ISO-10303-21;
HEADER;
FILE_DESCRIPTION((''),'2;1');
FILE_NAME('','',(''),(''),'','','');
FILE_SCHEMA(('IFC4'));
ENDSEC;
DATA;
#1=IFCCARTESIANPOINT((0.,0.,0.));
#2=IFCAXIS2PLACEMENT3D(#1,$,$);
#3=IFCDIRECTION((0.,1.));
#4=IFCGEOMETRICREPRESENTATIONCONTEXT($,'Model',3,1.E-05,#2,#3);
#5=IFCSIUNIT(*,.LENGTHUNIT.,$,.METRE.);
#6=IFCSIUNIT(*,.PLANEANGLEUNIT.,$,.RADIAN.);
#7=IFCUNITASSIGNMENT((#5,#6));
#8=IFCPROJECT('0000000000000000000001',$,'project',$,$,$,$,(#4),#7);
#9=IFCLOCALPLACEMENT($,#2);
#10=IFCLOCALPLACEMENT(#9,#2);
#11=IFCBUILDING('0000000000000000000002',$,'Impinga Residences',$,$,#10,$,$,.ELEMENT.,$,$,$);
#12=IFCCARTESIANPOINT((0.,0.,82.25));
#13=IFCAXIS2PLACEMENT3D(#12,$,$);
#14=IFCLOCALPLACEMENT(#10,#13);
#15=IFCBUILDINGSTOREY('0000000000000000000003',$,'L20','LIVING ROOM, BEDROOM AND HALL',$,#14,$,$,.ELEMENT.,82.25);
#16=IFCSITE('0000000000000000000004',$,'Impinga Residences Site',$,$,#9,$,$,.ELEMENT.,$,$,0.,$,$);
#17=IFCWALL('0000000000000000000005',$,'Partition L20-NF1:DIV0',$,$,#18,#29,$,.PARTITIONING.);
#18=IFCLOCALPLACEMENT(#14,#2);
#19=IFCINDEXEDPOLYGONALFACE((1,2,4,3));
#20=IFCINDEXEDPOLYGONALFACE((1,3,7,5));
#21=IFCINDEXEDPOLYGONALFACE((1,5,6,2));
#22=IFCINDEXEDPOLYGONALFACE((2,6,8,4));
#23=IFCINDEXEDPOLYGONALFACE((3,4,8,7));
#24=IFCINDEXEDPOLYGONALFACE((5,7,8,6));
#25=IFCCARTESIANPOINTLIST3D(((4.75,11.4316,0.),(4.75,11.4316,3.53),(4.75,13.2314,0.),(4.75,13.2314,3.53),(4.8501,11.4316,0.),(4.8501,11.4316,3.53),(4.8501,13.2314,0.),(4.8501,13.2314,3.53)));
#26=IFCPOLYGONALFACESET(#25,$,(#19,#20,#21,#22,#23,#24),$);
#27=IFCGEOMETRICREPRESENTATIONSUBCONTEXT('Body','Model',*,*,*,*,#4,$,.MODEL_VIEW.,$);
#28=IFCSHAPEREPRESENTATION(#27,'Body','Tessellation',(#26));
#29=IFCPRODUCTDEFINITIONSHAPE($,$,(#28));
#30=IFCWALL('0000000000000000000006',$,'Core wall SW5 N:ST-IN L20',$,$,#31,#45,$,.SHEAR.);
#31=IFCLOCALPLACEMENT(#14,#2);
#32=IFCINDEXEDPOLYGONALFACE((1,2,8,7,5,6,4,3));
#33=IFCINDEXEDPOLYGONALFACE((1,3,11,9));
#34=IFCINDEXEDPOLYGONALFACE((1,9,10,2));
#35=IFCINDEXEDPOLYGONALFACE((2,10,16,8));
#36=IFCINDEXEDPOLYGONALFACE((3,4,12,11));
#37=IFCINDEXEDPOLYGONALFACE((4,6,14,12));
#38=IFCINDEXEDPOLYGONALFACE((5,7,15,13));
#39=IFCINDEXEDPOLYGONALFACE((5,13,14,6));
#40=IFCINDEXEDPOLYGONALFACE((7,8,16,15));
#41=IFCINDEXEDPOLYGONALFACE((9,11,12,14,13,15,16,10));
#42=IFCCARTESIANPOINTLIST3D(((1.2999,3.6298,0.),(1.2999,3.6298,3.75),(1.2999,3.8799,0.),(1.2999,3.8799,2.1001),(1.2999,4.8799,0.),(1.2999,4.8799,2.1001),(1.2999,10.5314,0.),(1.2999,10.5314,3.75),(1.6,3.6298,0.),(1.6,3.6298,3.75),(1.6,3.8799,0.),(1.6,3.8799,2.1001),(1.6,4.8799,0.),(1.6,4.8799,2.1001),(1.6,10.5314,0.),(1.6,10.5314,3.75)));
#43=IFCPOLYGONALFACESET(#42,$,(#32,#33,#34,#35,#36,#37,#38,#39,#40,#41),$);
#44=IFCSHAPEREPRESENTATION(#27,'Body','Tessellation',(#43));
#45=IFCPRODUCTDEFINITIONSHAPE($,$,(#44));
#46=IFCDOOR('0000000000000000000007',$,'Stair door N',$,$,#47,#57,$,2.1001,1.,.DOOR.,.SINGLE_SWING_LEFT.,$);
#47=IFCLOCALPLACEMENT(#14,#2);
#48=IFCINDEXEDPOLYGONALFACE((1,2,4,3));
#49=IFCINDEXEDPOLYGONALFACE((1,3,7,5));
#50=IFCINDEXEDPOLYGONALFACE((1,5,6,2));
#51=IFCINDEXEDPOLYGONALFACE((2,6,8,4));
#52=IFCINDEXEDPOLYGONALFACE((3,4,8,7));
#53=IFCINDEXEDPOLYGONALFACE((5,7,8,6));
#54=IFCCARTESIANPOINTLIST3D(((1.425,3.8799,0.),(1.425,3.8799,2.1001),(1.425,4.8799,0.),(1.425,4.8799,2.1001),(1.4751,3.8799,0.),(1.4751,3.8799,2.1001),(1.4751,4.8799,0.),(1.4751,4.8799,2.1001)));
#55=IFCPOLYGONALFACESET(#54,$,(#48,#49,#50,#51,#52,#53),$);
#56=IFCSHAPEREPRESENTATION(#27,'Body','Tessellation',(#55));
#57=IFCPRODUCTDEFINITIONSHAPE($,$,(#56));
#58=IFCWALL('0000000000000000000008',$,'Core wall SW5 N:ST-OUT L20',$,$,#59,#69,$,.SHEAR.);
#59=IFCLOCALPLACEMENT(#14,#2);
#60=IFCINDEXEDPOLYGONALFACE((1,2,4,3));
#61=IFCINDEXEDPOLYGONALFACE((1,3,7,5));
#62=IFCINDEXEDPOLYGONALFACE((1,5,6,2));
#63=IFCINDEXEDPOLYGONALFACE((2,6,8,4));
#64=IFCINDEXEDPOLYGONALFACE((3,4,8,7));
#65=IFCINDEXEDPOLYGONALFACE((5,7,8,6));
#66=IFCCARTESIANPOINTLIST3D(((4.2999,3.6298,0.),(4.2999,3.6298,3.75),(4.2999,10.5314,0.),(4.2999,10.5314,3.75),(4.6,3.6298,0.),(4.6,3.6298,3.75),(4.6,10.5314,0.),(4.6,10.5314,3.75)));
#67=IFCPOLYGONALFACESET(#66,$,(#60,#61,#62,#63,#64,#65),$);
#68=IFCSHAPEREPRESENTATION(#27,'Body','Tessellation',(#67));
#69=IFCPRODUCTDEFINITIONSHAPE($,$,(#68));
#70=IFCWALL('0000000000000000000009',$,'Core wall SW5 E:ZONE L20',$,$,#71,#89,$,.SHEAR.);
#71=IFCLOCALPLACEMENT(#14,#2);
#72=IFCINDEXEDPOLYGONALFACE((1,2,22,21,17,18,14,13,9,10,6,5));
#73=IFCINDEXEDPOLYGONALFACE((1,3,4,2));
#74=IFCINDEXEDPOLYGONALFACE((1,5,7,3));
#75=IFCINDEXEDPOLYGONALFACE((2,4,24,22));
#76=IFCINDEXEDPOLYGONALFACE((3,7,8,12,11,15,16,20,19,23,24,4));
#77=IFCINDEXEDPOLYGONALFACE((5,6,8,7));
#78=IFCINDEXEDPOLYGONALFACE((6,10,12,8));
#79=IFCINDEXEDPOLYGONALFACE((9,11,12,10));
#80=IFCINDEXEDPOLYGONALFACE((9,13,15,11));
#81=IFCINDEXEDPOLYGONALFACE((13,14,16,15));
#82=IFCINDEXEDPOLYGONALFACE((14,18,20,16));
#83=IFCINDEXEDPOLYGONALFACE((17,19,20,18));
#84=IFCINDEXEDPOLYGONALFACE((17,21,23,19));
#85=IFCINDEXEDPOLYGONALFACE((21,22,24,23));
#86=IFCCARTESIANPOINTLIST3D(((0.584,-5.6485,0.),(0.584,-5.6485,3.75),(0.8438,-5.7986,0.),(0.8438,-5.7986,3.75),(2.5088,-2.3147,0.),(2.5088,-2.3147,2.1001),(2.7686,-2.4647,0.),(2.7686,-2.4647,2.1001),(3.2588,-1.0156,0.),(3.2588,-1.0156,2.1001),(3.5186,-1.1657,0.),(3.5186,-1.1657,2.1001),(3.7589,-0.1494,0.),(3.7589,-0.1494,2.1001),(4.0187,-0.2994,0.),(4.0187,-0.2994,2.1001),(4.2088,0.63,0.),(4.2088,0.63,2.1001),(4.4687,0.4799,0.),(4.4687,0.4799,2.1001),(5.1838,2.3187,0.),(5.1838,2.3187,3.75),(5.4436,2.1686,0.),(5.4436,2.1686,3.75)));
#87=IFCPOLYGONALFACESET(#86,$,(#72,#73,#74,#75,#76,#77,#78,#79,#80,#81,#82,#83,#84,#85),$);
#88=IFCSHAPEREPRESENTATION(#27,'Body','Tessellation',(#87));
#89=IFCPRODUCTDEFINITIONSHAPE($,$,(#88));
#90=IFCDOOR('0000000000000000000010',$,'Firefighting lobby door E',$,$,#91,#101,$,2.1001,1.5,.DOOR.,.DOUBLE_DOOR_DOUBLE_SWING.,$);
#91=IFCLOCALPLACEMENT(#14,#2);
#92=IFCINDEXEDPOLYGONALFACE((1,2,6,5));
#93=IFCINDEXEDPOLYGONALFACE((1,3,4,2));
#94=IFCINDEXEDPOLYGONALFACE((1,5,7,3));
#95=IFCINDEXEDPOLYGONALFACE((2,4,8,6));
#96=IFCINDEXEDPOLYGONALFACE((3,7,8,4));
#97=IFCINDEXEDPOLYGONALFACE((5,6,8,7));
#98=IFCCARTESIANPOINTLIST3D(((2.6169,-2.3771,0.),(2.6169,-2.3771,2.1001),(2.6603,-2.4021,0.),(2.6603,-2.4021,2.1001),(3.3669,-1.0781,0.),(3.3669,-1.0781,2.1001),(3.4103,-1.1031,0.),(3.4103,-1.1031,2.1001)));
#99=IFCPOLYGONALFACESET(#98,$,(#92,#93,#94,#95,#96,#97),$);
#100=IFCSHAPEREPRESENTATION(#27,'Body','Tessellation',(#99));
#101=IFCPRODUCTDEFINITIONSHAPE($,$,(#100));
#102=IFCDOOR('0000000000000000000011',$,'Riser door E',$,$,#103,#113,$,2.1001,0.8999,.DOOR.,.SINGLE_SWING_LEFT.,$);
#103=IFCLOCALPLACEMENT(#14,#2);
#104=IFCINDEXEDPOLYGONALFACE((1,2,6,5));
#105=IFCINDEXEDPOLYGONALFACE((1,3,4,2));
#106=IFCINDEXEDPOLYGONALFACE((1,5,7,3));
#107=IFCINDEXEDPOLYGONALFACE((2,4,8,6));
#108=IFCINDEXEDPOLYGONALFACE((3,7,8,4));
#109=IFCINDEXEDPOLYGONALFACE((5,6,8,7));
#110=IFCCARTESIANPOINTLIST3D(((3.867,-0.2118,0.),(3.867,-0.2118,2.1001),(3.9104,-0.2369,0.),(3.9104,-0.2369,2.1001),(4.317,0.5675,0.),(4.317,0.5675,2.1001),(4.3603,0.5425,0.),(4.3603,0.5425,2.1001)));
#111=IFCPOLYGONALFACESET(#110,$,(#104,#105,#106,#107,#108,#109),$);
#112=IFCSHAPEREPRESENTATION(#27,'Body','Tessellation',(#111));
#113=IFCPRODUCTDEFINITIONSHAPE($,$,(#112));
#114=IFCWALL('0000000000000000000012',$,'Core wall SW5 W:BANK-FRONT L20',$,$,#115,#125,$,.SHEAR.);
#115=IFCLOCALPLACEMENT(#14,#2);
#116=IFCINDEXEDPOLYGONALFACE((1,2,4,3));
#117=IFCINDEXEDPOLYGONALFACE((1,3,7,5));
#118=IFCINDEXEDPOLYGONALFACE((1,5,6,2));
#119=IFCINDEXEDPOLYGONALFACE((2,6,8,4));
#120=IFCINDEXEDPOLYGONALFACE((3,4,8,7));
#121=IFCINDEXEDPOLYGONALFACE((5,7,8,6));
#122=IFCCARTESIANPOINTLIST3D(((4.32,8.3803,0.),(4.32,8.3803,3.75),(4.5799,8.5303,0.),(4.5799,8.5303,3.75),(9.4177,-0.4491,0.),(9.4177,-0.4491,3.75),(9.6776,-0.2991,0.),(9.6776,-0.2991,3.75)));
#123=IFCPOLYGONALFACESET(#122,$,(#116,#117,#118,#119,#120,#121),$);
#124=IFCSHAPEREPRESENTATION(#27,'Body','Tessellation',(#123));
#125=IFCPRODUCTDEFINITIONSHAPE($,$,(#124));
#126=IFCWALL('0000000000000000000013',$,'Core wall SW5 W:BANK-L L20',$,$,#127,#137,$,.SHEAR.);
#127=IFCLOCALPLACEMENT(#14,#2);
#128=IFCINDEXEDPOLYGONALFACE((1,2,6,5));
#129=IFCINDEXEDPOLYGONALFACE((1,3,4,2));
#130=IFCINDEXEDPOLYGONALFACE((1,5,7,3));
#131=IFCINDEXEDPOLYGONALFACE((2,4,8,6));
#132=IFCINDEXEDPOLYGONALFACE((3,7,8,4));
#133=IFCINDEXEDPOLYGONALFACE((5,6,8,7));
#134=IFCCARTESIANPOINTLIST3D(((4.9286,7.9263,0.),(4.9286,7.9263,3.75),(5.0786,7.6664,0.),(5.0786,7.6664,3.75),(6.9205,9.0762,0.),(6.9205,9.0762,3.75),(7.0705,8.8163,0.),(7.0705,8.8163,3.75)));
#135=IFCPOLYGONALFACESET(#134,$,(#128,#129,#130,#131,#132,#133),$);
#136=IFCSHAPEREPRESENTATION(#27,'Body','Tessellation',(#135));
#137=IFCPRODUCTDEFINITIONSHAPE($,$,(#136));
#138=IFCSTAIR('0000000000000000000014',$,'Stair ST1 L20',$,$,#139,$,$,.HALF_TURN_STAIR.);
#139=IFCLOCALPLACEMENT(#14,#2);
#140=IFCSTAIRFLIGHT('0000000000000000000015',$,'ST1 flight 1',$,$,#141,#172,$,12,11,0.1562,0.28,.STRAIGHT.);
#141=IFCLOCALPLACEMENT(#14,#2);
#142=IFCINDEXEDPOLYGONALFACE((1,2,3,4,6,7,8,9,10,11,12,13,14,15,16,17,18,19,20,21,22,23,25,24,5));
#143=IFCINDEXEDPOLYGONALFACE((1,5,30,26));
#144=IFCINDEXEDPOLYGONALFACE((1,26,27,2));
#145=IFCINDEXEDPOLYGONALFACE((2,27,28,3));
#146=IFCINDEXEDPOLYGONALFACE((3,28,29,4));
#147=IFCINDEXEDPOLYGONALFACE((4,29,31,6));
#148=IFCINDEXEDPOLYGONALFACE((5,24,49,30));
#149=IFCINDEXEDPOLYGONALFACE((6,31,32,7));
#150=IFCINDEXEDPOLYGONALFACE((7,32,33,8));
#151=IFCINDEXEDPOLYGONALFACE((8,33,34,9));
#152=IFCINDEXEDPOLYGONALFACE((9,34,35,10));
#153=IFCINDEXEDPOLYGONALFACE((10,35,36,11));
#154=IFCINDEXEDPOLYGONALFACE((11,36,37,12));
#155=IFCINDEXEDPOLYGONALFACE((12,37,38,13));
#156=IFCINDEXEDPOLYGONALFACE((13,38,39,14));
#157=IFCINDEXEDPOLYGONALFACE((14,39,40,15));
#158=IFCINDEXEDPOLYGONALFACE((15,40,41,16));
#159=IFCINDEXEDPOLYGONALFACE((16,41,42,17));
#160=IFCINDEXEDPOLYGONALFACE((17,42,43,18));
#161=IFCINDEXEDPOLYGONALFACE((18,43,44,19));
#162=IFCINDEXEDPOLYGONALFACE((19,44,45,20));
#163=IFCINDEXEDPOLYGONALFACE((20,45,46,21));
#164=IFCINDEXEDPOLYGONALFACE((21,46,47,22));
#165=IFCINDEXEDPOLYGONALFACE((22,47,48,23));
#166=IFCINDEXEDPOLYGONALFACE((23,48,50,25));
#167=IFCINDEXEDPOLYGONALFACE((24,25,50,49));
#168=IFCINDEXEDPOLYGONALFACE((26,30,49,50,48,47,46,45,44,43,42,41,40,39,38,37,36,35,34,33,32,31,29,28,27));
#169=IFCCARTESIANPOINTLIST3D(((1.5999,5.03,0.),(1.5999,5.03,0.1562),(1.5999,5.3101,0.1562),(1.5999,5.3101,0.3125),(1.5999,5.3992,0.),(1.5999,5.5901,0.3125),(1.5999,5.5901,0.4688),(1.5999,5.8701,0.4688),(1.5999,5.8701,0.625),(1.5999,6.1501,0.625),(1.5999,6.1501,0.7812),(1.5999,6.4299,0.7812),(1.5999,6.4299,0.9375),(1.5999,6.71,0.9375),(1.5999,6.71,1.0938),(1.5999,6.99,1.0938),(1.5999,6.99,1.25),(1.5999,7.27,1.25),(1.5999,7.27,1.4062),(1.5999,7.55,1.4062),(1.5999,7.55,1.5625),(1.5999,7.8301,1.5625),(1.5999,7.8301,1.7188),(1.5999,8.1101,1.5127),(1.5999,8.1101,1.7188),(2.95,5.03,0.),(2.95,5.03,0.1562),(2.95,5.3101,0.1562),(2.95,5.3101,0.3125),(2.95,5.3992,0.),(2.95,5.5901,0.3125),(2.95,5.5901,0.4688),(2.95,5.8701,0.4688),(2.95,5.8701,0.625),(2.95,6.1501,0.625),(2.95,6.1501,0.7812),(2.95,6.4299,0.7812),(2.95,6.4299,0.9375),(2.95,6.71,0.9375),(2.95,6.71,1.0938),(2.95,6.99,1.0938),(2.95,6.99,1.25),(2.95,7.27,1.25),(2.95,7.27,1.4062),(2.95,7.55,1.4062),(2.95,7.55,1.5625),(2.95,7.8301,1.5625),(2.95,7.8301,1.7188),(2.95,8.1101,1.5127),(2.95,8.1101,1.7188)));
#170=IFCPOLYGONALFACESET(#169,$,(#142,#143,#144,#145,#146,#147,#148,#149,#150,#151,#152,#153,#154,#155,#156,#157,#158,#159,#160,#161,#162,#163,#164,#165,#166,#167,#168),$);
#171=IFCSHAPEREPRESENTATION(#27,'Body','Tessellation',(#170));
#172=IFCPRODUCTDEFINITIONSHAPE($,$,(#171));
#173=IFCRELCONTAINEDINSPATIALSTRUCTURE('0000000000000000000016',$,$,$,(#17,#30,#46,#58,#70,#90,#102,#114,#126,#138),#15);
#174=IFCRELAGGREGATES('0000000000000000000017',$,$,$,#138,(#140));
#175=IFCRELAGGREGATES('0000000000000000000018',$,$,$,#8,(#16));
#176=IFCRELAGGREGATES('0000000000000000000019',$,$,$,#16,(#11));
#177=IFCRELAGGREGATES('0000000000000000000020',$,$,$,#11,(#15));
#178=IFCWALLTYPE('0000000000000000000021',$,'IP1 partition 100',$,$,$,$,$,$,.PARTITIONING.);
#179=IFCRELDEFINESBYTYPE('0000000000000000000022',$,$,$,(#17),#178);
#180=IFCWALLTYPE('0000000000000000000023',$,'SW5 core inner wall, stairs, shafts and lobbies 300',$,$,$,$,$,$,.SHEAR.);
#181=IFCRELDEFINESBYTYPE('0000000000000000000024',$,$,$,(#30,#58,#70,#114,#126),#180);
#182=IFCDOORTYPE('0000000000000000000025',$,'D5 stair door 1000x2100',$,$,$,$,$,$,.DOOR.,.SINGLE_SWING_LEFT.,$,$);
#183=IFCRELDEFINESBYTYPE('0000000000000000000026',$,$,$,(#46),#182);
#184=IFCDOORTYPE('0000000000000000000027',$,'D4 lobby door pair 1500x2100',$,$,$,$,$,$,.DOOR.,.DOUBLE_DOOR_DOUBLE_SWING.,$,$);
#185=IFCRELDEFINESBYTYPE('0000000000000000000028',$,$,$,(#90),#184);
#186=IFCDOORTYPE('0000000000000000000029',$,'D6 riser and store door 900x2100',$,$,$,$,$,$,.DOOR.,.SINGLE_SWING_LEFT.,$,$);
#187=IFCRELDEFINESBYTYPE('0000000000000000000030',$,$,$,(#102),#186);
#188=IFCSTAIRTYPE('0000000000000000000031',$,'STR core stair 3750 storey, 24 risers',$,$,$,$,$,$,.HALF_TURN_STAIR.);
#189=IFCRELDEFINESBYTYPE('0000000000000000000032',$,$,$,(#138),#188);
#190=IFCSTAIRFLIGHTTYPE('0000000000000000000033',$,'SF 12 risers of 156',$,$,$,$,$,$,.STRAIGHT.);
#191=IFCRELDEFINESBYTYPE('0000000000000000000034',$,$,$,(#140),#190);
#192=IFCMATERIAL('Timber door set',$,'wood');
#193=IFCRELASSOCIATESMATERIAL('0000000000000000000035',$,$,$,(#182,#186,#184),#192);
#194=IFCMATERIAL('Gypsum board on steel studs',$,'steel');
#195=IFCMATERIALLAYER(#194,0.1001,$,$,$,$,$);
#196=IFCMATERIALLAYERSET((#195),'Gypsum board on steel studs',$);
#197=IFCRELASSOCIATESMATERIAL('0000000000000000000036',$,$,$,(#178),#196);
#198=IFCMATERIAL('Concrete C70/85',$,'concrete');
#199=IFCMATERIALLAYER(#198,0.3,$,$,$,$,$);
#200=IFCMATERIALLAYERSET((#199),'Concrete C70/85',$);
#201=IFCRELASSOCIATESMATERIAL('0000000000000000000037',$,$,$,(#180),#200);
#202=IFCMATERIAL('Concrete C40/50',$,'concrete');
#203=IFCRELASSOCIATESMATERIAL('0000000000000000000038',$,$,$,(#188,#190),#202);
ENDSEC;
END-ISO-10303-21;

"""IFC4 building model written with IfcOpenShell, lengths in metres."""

from ifc_helpers import new_model, si_unit, direction, frame, frame_2d, origin, place, context, subcontext, project, spatial, polyline, rectangle, outline, extrude, material, layer, layer_set, type_object, element, fill, aggregate, save


model = new_model("IFC4")

# Units and contexts
model_context = context("Model", 3, precision=1e-05, world=origin(), true_north=direction((0.0, 1.0)))
body_context = subcontext(model_context, "Body", "Model", "MODEL_VIEW")
ifc_project = project(units=[si_unit("LENGTHUNIT", "METRE"), si_unit("PLANEANGLEUNIT", "RADIAN")], contexts=[model_context])

# Site, building, storey
site_placement = place(None, origin())
site = spatial("IfcSite", under=ifc_project, at=site_placement, Name="Impinga Residences Site", CompositionType="ELEMENT", RefElevation=0.0)
building_placement = place(site_placement, origin())
building = spatial("IfcBuilding", under=site, at=building_placement, Name="Impinga Residences", CompositionType="ELEMENT")
storey_placement = place(building_placement, frame((0.0, 0.0, 82.25)))
storey = spatial("IfcBuildingStorey", under=building, at=storey_placement, Name="L20", Description="LIVING ROOM, BEDROOM AND HALL", CompositionType="ELEMENT", Elevation=82.25)

# Shared definitions
ifc_material_1 = material(Name="Concrete C70/85", Category="concrete")
ifc_material_2 = material(Name="Timber door set", Category="wood")
door_type_1 = type_object("IfcDoorType", Name="D5 stair door 1000x2100", OperationType="SINGLE_SWING_LEFT", PredefinedType="DOOR", material=ifc_material_2)
door_type_2 = type_object("IfcDoorType", Name="D6 riser and store door 900x2100", OperationType="SINGLE_SWING_LEFT", PredefinedType="DOOR", material=ifc_material_2)

# Wall
ifc_material_3 = material(Name="Gypsum board on steel studs", Category="steel")
ifc_layer_1 = layer(ifc_material_3, 0.1001)
ifc_layer_set_1 = layer_set([ifc_layer_1], Name="Gypsum board on steel studs")
wall_type_1 = type_object("IfcWallType", Name="IP1 partition 100", PredefinedType="PARTITIONING", material=ifc_layer_set_1)
wall_1_placement = place(storey_placement, frame((4.8, 11.4316, 0.0), z_axis=(0.0, 0.0, 1.0), x_axis=(0.0, 1.0, 0.0)))
element("IfcWall", 1, at=wall_1_placement, inside=storey, type_object=wall_type_1, Name="Partition L20-NF1:DIV0", PredefinedType="PARTITIONING", context=body_context, shape_type="SweptSolid", body=[
    extrude(rectangle(XDim=1.7998, YDim=0.1001, at=frame_2d((0.8999, 0.0))), origin(), (0.0, 0.0, 1.0), 3.53),
])

# Wall, opening, door
ifc_layer_2 = layer(ifc_material_1, 0.3)
ifc_layer_set_2 = layer_set([ifc_layer_2], Name="Concrete C70/85")
wall_type_2 = type_object("IfcWallType", Name="SW5 core inner wall, stairs, shafts and lobbies 300", PredefinedType="SHEAR", material=ifc_layer_set_2)
wall_2_placement = place(storey_placement, frame((1.45, 3.6299, 0.0), z_axis=(0.0, 0.0, 1.0), x_axis=(0.0, 1.0, 0.0)))
wall_2 = element("IfcWall", 2, at=wall_2_placement, inside=storey, type_object=wall_type_2, Name="Core wall SW5 N:ST-IN L20", PredefinedType="SHEAR", context=body_context, shape_type="SweptSolid", body=[
    extrude(rectangle(XDim=6.9016, YDim=0.3, at=frame_2d((3.4507, 0.0))), origin(), (0.0, 0.0, 1.0), 3.75),
])
opening_1_placement = place(wall_2_placement, frame((0.25, 0.0, 0.0)))
opening_1 = element("IfcOpeningElement", 3, at=opening_1_placement, cuts=wall_2, PredefinedType="OPENING", context=body_context, shape_type="SweptSolid", body=[
    extrude(rectangle(XDim=1.0, YDim=2.1001, at=frame_2d((0.5, 1.05))), frame((0.0, 0.1599, 0.0), z_axis=(0.0, -1.0, 0.0), x_axis=(1.0, 0.0, 0.0)), (0.0, 0.0, 1.0), 0.3201),
])
door_1_placement = place(opening_1_placement, origin())
door_1 = element("IfcDoor", 4, at=door_1_placement, inside=storey, type_object=door_type_1, Name="Stair door N", OperationType="SINGLE_SWING_LEFT", OverallHeight=2.1001, OverallWidth=1.0, PredefinedType="DOOR", context=body_context, shape_type="SweptSolid", body=[
    extrude(rectangle(XDim=1.0, YDim=2.1001, at=frame_2d((0.5, 1.05))), frame((0.0, 0.0249, 0.0), z_axis=(0.0, -1.0, 0.0), x_axis=(1.0, 0.0, 0.0)), (0.0, 0.0, 1.0), 0.05),
])
fill(opening_1, door_1)

# Wall
wall_3_placement = place(storey_placement, frame((4.45, 3.6299, 0.0), z_axis=(0.0, 0.0, 1.0), x_axis=(0.0, 1.0, 0.0)))
element("IfcWall", 5, at=wall_3_placement, inside=storey, type_object=wall_type_2, Name="Core wall SW5 N:ST-OUT L20", PredefinedType="SHEAR", context=body_context, shape_type="SweptSolid", body=[
    extrude(rectangle(XDim=6.9016, YDim=0.3, at=frame_2d((3.4507, 0.0))), origin(), (0.0, 0.0, 1.0), 3.75),
])

# Wall, openings, doors
wall_4_placement = place(storey_placement, frame((5.3137, 2.2437, 0.0), z_axis=(0.0, 0.0, 1.0), x_axis=(-0.499995, -0.866028, 0.0)))
wall_4 = element("IfcWall", 6, at=wall_4_placement, inside=storey, type_object=wall_type_2, Name="Core wall SW5 E:ZONE L20", PredefinedType="SHEAR", context=body_context, shape_type="SweptSolid", body=[
    extrude(rectangle(XDim=9.1997, YDim=0.3, at=frame_2d((4.5999, 0.0))), origin(), (0.0, 0.0, 1.0), 3.75),
])
opening_2_placement = place(wall_4_placement, frame((3.8501, 0.0, 0.0)))
opening_2 = element("IfcOpeningElement", 7, at=opening_2_placement, cuts=wall_4, PredefinedType="OPENING", context=body_context, shape_type="SweptSolid", body=[
    extrude(rectangle(XDim=1.5, YDim=2.1001, at=frame_2d((0.75, 1.05))), frame((0.0, 0.1599, 0.0), z_axis=(0.0, -1.0, 0.0), x_axis=(1.0, 0.0, 0.0)), (0.0, 0.0, 1.0), 0.3201),
])
opening_3_placement = place(wall_4_placement, frame((1.95, 0.0, 0.0)))
opening_3 = element("IfcOpeningElement", 8, at=opening_3_placement, cuts=wall_4, PredefinedType="OPENING", context=body_context, shape_type="SweptSolid", body=[
    extrude(rectangle(XDim=0.8999, YDim=2.1001, at=frame_2d((0.45, 1.05))), frame((0.0, 0.1599, 0.0), z_axis=(0.0, -1.0, 0.0), x_axis=(1.0, 0.0, 0.0)), (0.0, 0.0, 1.0), 0.3201),
])
door_type_3 = type_object("IfcDoorType", Name="D4 lobby door pair 1500x2100", OperationType="DOUBLE_DOOR_DOUBLE_SWING", PredefinedType="DOOR", material=ifc_material_2)
door_2_placement = place(opening_2_placement, origin())
door_2 = element("IfcDoor", 9, at=door_2_placement, inside=storey, type_object=door_type_3, Name="Firefighting lobby door E", OperationType="DOUBLE_DOOR_DOUBLE_SWING", OverallHeight=2.1001, OverallWidth=1.5, PredefinedType="DOOR", context=body_context, shape_type="SweptSolid", body=[
    extrude(rectangle(XDim=1.5, YDim=2.1001, at=frame_2d((0.75, 1.05))), frame((0.0, 0.0249, 0.0), z_axis=(0.0, -1.0, 0.0), x_axis=(1.0, 0.0, 0.0)), (0.0, 0.0, 1.0), 0.05),
])
fill(opening_2, door_2)
door_3_placement = place(opening_3_placement, origin())
door_3 = element("IfcDoor", 10, at=door_3_placement, inside=storey, type_object=door_type_2, Name="Riser door E", OperationType="SINGLE_SWING_LEFT", OverallHeight=2.1001, OverallWidth=0.8999, PredefinedType="DOOR", context=body_context, shape_type="SweptSolid", body=[
    extrude(rectangle(XDim=0.8999, YDim=2.1001, at=frame_2d((0.45, 1.05))), frame((0.0, 0.0249, 0.0), z_axis=(0.0, -1.0, 0.0), x_axis=(1.0, 0.0, 0.0)), (0.0, 0.0, 1.0), 0.05),
])
fill(opening_3, door_3)

# Walls
wall_5_placement = place(storey_placement, frame((4.45, 8.4553, 0.0), z_axis=(0.0, 0.0, 1.0), x_axis=(0.500002, -0.866024, 0.0)))
element("IfcWall", 11, at=wall_5_placement, inside=storey, type_object=wall_type_2, Name="Core wall SW5 W:BANK-FRONT L20", PredefinedType="SHEAR", context=body_context, shape_type="SweptSolid", body=[
    extrude(rectangle(XDim=10.1953, YDim=0.3, at=frame_2d((5.0977, 0.0))), origin(), (0.0, 0.0, 1.0), 3.75),
])
wall_6_placement = place(storey_placement, frame((5.0037, 7.7964, 0.0), z_axis=(0.0, 0.0, 1.0), x_axis=(0.866053, 0.499952, 0.0)))
element("IfcWall", 12, at=wall_6_placement, inside=storey, type_object=wall_type_2, Name="Core wall SW5 W:BANK-L L20", PredefinedType="SHEAR", context=body_context, shape_type="SweptSolid", body=[
    extrude(rectangle(XDim=2.3, YDim=0.3, at=frame_2d((1.1499, 0.0))), origin(), (0.0, 0.0, 1.0), 3.75),
])

# Stair, stair flight
ifc_material_4 = material(Name="Concrete C40/50", Category="concrete")
stair_type = type_object("IfcStairType", Name="STR core stair 3750 storey, 24 risers", PredefinedType="HALF_TURN_STAIR", material=ifc_material_4)
stair_placement = place(storey_placement, origin())
stair = element("IfcStair", 13, at=stair_placement, inside=storey, type_object=stair_type, Name="Stair ST1 L20", PredefinedType="HALF_TURN_STAIR")
stair_flight_type = type_object("IfcStairFlightType", Name="SF 12 risers of 156", PredefinedType="STRAIGHT", material=ifc_material_4)
stair_flight_1_placement = place(storey_placement, frame((2.2749, 5.03, 0.0), z_axis=(0.0, 0.0, 1.0), x_axis=(0.0, 1.0, 0.0)))
stair_flight_1 = element("IfcStairFlight", 14, at=stair_flight_1_placement, type_object=stair_flight_type, Name="ST1 flight 1", NumberOfRisers=12, NumberOfTreads=11, PredefinedType="STRAIGHT", RiserHeight=0.1562, TreadLength=0.28, context=body_context, shape_type="SweptSolid", body=[
    extrude(outline(polyline([(0.0, 0.0), (0.0, 0.1562), (0.28, 0.1562), (0.28, 0.3125), (0.5601, 0.3125), (0.5601, 0.4688), (0.8401, 0.4688), (0.8401, 0.625), (1.1201, 0.625), (1.1201, 0.7812), (1.3999, 0.7812), (1.3999, 0.9375), (1.6799, 0.9375), (1.6799, 1.0938), (1.96, 1.0938), (1.96, 1.25), (2.24, 1.25), (2.24, 1.4062), (2.52, 1.4062), (2.52, 1.5625), (2.8, 1.5625), (2.8, 1.7188), (3.0801, 1.7188), (3.0801, 1.875), (3.0801, 1.5127), (0.3691, 0.0), (0.0, 0.0)])), frame((0.0, 0.675, 0.0), z_axis=(0.0, -1.0, 0.0), x_axis=(1.0, 0.0, 0.0)), (0.0, 0.0, 1.0), 1.3501),
])
aggregate(stair, [stair_flight_1])

save(model, "model.ifc")
